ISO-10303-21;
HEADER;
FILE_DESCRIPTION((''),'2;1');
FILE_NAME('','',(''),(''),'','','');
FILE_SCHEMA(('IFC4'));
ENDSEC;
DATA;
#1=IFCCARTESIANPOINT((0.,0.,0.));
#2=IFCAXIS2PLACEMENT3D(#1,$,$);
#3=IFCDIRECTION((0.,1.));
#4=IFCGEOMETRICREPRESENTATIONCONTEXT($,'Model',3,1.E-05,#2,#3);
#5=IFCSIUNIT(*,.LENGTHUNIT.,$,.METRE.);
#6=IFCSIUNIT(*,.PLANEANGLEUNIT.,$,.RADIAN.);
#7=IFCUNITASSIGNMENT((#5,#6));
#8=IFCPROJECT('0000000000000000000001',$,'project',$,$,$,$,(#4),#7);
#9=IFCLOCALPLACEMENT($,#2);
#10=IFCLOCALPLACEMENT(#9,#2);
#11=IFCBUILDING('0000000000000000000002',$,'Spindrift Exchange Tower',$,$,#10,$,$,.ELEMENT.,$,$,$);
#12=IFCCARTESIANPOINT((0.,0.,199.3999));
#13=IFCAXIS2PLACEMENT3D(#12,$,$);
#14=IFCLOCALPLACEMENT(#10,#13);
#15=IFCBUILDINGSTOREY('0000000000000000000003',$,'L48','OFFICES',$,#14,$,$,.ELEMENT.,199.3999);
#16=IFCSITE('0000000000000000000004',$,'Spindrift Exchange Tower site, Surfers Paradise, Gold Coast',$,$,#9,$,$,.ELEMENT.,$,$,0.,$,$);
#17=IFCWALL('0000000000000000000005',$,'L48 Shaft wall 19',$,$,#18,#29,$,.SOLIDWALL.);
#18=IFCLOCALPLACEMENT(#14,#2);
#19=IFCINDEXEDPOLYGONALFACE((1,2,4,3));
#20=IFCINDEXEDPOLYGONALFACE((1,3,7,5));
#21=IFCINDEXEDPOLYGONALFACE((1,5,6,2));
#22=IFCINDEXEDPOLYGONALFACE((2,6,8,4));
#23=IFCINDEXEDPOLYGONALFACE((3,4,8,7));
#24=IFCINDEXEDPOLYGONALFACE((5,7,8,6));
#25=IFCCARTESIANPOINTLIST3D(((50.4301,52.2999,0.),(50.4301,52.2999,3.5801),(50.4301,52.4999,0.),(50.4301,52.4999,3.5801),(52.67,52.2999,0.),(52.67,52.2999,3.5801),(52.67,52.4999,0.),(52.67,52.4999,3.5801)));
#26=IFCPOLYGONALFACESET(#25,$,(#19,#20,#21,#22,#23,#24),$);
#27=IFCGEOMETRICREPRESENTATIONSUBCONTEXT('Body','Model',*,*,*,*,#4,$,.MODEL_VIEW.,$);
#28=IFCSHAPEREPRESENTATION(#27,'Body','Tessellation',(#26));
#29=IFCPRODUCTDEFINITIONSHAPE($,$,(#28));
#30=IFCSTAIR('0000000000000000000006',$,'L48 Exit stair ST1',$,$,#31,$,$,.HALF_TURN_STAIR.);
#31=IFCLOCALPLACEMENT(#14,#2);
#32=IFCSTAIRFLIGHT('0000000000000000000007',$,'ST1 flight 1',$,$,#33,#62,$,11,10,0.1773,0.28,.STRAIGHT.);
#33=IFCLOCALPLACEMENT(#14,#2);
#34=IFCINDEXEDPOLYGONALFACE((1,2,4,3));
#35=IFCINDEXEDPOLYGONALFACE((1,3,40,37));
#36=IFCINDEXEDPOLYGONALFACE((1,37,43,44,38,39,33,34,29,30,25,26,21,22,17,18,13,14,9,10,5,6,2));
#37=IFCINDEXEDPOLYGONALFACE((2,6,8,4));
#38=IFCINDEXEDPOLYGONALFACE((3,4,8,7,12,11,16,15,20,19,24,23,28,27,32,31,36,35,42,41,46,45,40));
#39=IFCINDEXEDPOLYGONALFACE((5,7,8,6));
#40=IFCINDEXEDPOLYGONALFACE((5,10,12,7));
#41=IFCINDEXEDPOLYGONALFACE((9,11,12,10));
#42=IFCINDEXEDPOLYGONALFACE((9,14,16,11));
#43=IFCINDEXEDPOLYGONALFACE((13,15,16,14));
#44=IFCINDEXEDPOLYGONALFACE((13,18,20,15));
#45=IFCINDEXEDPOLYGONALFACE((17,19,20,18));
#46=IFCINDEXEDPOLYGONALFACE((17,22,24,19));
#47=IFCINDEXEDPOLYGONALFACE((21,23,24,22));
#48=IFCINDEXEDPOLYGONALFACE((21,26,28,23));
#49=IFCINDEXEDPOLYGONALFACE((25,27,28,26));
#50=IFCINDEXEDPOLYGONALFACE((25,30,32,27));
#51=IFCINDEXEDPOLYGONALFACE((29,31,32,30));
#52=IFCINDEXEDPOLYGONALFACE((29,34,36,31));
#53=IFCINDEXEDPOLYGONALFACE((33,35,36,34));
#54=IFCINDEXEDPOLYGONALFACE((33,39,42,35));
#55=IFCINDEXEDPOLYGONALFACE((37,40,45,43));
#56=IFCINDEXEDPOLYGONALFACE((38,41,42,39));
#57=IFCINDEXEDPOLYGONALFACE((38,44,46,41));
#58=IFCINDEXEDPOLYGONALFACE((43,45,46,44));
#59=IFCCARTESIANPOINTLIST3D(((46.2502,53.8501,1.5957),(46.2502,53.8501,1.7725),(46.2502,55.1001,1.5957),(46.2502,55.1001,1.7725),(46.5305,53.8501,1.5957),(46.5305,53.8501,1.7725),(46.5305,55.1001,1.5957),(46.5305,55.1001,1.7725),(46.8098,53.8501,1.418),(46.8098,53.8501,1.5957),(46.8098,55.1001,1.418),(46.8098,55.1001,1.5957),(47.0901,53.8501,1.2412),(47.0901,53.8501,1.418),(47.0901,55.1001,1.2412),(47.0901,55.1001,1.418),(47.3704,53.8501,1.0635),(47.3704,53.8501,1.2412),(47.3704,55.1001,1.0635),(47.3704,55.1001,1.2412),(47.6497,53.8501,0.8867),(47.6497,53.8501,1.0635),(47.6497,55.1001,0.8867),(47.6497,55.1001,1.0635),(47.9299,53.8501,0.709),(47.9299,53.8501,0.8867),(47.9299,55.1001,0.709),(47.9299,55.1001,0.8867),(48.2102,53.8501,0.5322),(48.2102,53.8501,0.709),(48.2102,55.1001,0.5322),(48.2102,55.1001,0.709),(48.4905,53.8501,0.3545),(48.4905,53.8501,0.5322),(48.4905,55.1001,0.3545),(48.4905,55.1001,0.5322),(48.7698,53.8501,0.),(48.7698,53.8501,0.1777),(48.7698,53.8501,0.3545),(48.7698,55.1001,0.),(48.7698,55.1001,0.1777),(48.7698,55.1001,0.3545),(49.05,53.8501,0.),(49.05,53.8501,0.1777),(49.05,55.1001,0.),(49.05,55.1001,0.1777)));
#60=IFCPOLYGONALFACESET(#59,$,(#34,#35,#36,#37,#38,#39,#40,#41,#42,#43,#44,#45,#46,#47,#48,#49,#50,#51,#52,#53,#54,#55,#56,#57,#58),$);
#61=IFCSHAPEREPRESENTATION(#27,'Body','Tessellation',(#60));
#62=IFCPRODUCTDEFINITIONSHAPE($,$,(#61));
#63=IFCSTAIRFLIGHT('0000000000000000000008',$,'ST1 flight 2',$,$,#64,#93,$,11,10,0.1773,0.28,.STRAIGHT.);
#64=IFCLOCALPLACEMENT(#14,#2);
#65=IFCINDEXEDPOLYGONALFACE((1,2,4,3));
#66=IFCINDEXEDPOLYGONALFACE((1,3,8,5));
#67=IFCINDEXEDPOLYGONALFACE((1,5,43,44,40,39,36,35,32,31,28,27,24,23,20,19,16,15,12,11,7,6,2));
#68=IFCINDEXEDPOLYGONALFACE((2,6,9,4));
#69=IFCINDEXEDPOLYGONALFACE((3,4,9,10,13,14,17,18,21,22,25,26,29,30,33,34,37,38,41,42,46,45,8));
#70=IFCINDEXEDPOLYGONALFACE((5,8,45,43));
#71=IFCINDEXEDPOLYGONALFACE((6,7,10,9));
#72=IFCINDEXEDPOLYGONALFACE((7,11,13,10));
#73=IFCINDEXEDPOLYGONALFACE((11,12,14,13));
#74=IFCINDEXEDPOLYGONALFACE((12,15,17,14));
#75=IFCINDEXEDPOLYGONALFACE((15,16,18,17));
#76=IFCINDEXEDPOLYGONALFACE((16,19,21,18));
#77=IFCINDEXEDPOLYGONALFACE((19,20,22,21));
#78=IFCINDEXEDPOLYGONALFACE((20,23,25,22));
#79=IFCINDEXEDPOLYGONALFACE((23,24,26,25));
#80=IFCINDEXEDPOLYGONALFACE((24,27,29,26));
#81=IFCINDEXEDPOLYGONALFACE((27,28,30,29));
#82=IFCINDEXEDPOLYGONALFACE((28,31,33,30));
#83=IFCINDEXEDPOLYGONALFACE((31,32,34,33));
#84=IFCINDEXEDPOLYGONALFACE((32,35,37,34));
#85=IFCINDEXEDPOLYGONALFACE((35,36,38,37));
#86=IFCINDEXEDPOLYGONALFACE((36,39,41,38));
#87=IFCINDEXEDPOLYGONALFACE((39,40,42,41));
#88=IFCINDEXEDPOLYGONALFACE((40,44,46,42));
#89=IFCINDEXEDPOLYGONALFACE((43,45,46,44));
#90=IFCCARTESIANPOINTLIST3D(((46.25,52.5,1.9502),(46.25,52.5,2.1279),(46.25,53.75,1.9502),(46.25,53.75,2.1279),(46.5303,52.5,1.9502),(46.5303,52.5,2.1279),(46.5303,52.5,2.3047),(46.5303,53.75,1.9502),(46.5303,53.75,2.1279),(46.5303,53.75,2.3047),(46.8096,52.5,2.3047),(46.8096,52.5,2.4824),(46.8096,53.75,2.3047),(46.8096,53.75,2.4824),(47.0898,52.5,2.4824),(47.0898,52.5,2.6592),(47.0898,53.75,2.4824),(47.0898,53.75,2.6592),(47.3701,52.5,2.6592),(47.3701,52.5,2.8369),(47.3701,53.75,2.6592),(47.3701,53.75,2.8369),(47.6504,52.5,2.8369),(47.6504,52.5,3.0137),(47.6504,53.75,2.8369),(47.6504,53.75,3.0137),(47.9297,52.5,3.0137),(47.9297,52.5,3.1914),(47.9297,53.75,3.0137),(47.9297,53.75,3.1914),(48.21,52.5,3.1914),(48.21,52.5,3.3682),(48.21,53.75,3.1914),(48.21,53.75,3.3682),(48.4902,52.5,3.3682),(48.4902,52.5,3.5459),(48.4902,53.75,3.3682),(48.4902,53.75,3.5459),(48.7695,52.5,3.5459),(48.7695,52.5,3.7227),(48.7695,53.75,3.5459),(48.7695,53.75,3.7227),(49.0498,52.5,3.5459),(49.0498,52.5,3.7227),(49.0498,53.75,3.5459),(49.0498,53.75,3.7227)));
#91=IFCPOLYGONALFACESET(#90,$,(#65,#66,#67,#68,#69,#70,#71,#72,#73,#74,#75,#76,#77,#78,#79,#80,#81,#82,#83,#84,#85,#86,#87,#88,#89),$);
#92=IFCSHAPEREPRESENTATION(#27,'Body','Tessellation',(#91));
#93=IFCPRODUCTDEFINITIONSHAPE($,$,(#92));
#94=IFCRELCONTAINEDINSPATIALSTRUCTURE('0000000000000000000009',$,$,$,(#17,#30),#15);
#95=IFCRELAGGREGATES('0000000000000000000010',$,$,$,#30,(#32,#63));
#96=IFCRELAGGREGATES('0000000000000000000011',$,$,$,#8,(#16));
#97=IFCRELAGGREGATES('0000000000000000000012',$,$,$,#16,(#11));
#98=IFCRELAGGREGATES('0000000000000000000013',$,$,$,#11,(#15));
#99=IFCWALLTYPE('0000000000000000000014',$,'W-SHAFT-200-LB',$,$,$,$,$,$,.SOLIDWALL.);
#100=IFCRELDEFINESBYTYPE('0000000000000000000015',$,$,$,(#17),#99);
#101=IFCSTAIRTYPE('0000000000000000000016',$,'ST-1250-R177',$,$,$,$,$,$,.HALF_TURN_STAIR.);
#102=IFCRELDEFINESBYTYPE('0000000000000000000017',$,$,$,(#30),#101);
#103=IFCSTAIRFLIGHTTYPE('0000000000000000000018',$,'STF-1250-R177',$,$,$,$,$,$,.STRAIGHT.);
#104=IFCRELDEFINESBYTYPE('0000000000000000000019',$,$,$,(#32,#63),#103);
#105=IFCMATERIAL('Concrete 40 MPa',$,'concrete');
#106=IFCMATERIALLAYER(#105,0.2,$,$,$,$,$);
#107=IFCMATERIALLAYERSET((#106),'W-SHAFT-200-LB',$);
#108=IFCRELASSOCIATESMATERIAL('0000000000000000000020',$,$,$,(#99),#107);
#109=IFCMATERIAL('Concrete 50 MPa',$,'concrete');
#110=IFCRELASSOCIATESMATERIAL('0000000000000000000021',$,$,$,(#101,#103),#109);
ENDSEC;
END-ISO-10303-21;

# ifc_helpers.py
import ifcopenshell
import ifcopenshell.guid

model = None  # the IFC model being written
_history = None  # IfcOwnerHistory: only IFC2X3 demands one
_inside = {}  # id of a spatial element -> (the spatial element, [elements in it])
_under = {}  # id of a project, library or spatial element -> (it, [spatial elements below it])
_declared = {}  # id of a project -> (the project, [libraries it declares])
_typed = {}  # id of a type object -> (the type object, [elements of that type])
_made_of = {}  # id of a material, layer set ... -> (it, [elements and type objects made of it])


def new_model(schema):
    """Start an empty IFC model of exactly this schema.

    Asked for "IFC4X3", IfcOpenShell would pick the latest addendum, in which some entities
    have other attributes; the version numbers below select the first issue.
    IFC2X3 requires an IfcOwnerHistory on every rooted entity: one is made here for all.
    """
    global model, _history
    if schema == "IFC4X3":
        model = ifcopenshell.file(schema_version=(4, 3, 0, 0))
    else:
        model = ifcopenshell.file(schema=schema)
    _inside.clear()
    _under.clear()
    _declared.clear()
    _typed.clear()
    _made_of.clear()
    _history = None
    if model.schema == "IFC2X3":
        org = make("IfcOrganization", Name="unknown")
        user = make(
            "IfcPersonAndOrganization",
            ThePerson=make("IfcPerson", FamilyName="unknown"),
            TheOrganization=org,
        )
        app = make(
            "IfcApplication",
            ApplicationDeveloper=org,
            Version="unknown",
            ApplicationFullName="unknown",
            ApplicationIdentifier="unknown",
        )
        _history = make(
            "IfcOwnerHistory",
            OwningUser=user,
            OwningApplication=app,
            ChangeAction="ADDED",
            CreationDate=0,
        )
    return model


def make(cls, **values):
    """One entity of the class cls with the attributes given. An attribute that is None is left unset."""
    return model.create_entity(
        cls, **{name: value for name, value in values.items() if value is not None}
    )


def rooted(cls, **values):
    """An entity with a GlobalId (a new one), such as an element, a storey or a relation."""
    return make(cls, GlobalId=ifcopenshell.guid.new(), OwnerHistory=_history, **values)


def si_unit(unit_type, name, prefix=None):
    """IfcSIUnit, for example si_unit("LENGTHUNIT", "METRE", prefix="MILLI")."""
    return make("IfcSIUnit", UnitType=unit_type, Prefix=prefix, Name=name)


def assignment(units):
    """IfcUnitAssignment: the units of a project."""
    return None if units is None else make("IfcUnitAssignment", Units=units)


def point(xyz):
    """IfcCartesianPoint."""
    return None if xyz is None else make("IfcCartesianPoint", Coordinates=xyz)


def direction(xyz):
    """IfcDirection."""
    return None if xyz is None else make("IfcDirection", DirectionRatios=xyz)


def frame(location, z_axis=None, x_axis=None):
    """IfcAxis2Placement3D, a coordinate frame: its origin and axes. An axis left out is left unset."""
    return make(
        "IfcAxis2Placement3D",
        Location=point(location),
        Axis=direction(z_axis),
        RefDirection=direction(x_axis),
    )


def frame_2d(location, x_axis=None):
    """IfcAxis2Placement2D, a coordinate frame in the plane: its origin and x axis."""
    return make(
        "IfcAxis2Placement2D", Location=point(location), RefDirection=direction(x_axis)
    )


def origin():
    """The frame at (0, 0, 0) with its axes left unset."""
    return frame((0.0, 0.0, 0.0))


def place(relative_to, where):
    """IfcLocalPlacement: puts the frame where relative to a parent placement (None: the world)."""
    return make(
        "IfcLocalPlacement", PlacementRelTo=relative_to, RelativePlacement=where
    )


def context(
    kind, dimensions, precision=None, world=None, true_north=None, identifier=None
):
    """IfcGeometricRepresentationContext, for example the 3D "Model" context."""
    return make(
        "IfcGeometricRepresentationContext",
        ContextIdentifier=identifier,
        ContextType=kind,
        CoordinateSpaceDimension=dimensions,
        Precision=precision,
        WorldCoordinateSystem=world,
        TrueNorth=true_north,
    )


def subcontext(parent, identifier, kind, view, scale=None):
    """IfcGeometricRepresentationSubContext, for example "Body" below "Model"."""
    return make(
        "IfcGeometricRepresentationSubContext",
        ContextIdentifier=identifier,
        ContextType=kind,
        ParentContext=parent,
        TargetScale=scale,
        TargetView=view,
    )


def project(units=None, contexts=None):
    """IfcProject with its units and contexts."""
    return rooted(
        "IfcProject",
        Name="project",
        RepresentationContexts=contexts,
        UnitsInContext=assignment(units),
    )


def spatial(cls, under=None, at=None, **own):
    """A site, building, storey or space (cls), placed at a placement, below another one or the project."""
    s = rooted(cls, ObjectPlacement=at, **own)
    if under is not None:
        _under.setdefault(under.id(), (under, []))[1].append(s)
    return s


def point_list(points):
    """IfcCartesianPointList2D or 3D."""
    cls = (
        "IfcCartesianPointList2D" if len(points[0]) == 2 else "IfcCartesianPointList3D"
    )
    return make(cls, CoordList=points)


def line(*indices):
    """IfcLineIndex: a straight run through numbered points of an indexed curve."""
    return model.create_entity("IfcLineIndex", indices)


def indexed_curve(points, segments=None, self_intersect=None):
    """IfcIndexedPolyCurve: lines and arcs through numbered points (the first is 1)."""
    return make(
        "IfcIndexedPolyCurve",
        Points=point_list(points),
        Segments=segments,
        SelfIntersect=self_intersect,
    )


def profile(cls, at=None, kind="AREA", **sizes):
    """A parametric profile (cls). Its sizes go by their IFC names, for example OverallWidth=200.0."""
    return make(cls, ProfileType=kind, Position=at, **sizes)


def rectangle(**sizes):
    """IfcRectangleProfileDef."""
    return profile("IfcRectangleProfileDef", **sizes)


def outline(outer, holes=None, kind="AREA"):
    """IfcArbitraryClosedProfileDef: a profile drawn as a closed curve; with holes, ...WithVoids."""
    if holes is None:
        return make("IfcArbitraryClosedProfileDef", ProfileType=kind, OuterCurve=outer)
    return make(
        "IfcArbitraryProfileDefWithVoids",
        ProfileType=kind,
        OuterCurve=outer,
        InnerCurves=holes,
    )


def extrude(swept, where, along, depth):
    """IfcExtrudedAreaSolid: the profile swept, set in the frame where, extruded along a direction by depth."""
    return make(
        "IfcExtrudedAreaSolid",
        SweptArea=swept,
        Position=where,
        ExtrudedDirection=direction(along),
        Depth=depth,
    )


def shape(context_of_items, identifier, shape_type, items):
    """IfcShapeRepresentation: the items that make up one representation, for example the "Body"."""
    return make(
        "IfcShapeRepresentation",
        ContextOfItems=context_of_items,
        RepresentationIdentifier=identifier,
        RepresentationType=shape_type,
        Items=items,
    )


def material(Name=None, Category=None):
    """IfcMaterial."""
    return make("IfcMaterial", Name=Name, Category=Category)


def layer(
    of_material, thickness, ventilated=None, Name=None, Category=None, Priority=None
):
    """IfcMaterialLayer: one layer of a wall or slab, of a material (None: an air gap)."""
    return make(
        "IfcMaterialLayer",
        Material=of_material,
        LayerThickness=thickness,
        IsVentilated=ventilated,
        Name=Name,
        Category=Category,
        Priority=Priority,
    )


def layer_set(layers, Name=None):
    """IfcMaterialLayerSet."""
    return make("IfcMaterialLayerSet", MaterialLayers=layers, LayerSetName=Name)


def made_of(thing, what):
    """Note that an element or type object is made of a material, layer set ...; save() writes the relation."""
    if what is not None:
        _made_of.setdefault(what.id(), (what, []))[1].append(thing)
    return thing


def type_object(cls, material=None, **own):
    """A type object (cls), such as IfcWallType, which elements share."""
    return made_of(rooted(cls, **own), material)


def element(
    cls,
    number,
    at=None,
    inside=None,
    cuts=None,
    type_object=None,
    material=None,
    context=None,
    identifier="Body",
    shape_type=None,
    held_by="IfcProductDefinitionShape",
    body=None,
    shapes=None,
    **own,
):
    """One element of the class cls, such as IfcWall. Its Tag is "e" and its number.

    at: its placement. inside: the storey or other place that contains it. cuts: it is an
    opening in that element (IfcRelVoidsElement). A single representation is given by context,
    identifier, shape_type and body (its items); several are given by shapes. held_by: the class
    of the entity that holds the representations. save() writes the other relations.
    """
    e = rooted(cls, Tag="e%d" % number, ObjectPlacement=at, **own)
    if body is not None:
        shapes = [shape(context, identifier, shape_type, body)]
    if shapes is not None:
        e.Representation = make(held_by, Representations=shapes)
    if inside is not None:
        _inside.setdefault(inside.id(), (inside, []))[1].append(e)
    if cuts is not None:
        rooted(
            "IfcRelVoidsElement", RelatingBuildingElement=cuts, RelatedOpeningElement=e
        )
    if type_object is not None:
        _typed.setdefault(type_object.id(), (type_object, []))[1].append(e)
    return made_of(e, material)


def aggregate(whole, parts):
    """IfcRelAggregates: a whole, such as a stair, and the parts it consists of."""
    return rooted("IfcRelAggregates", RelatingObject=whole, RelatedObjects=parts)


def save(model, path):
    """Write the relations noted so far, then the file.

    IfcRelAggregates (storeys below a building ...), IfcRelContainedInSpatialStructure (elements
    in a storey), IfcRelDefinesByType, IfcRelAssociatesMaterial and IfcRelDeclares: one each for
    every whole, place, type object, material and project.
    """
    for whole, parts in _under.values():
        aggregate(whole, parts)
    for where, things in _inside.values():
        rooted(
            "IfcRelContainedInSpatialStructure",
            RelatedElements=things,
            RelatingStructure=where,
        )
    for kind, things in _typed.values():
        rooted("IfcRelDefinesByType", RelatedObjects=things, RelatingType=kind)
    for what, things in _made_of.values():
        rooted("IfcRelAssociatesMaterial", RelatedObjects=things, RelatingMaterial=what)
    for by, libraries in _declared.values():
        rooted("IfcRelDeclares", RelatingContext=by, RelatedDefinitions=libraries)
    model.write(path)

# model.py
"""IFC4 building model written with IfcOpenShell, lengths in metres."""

from ifc_helpers import new_model, si_unit, direction, frame, frame_2d, origin, place, context, subcontext, project, spatial, line, indexed_curve, rectangle, outline, extrude, material, layer, layer_set, type_object, element, aggregate, save


model = new_model("IFC4")

# Units and contexts
model_context = context("Model", 3, precision=1e-05, world=origin(), true_north=direction((0.0, 1.0)))
body_context = subcontext(model_context, "Body", "Model", "MODEL_VIEW")
ifc_project = project(units=[si_unit("LENGTHUNIT", "METRE"), si_unit("PLANEANGLEUNIT", "RADIAN")], contexts=[model_context])

# Site, building, storey
site_placement = place(None, origin())
site = spatial("IfcSite", under=ifc_project, at=site_placement, Name="Spindrift Exchange Tower site, Surfers Paradise, Gold Coast", CompositionType="ELEMENT", RefElevation=0.0)
building_placement = place(site_placement, origin())
building = spatial("IfcBuilding", under=site, at=building_placement, Name="Spindrift Exchange Tower", CompositionType="ELEMENT")
storey_placement = place(building_placement, frame((0.0, 0.0, 199.3999)))
storey = spatial("IfcBuildingStorey", under=building, at=storey_placement, Name="L48", Description="OFFICES", CompositionType="ELEMENT", Elevation=199.3999)

# Shared definitions
ifc_material_1 = material(Name="Concrete 50 MPa", Category="concrete")

# Shared definitions
ifc_material_2 = material(Name="Concrete 40 MPa", Category="concrete")
ifc_layer_1 = layer(ifc_material_2, 0.2)
ifc_layer_set_1 = layer_set([ifc_layer_1], Name="W-SHAFT-200-LB")
wall_type_1 = type_object("IfcWallType", Name="W-SHAFT-200-LB", PredefinedType="SOLIDWALL", material=ifc_layer_set_1)

# Wall
wall_1_placement = place(storey_placement, frame((50.4299, 52.3999, 0.0), z_axis=(0.0, 0.0, 1.0), x_axis=(1.0, 0.0, 0.0)))
element("IfcWall", 1, at=wall_1_placement, inside=storey, type_object=wall_type_1, Name="L48 Shaft wall 19", PredefinedType="SOLIDWALL", context=body_context, shape_type="SweptSolid", body=[
    extrude(rectangle(XDim=2.24, YDim=0.2, at=frame_2d((1.1201, 0.0))), origin(), (0.0, 0.0, 1.0), 3.5801),
])

# Stair, stair flights
stair_type = type_object("IfcStairType", Name="ST-1250-R177", PredefinedType="HALF_TURN_STAIR", material=ifc_material_1)
stair_placement = place(storey_placement, origin())
stair = element("IfcStair", 2, at=stair_placement, inside=storey, type_object=stair_type, Name="L48 Exit stair ST1", PredefinedType="HALF_TURN_STAIR")
stair_flight_type = type_object("IfcStairFlightType", Name="STF-1250-R177", PredefinedType="STRAIGHT", material=ifc_material_1)
stair_flight_1_placement = place(storey_placement, frame((49.05, 54.4751, 0.0), z_axis=(0.0, 0.0, 1.0), x_axis=(-1.0, 0.0, 0.0)))
stair_flight_1 = element("IfcStairFlight", 3, at=stair_flight_1_placement, type_object=stair_flight_type, Name="ST1 flight 1", NumberOfRisers=11, NumberOfTreads=10, PredefinedType="STRAIGHT", RiserHeight=0.1773, TreadLength=0.28, context=body_context, shape_type="SweptSolid", body=[
    extrude(outline(indexed_curve([(0.0, 0.0), (0.0, 0.1777), (0.2803, 0.1777), (0.2803, 0.3545), (0.5596, 0.3545), (0.5596, 0.5322), (0.8398, 0.5322), (0.8398, 0.709), (1.1201, 0.709), (1.1201, 0.8867), (1.4004, 0.8867), (1.4004, 1.0635), (1.6797, 1.0635), (1.6797, 1.2412), (1.96, 1.2412), (1.96, 1.418), (2.2402, 1.418), (2.2402, 1.5957), (2.5195, 1.5957), (2.5195, 1.7725), (2.7998, 1.7725), (2.7998, 1.9502), (2.7998, 1.5957), (0.2803, 0.0)], segments=[line(1, 2, 3, 4, 5, 6, 7, 8, 9, 10, 11, 12, 13, 14, 15, 16, 17, 18, 19, 20, 21, 22, 23, 24, 1)], self_intersect=False)), frame((0.0, 0.625, 0.0), z_axis=(0.0, -1.0, 0.0), x_axis=(1.0, 0.0, 0.0)), (0.0, 0.0, 1.0), 1.25),
])
stair_flight_2_placement = place(storey_placement, frame((46.25, 53.125, 1.9502), z_axis=(0.0, 0.0, 1.0), x_axis=(1.0, 0.0, 0.0)))
stair_flight_2 = element("IfcStairFlight", 4, at=stair_flight_2_placement, type_object=stair_flight_type, Name="ST1 flight 2", NumberOfRisers=11, NumberOfTreads=10, PredefinedType="STRAIGHT", RiserHeight=0.1773, TreadLength=0.28, context=body_context, shape_type="SweptSolid", body=[
    extrude(outline(indexed_curve([(0.0, 0.0), (0.0, 0.1777), (0.2803, 0.1777), (0.2803, 0.3545), (0.5596, 0.3545), (0.5596, 0.5322), (0.8398, 0.5322), (0.8398, 0.709), (1.1201, 0.709), (1.1201, 0.8867), (1.4004, 0.8867), (1.4004, 1.0635), (1.6797, 1.0635), (1.6797, 1.2412), (1.96, 1.2412), (1.96, 1.418), (2.2402, 1.418), (2.2402, 1.5957), (2.5195, 1.5957), (2.5195, 1.7725), (2.7998, 1.7725), (2.7998, 1.9502), (2.7998, 1.5957), (0.2803, 0.0)], segments=[line(1, 2, 3, 4, 5, 6, 7, 8, 9, 10, 11, 12, 13, 14, 15, 16, 17, 18, 19, 20, 21, 22, 23, 24, 1)], self_intersect=False)), frame((0.0, 0.625, 0.0), z_axis=(0.0, -1.0, 0.0), x_axis=(1.0, 0.0, 0.0)), (0.0, 0.0, 1.0), 1.25),
])
aggregate(stair, [stair_flight_1, stair_flight_2])

save(model, "model.ifc")
